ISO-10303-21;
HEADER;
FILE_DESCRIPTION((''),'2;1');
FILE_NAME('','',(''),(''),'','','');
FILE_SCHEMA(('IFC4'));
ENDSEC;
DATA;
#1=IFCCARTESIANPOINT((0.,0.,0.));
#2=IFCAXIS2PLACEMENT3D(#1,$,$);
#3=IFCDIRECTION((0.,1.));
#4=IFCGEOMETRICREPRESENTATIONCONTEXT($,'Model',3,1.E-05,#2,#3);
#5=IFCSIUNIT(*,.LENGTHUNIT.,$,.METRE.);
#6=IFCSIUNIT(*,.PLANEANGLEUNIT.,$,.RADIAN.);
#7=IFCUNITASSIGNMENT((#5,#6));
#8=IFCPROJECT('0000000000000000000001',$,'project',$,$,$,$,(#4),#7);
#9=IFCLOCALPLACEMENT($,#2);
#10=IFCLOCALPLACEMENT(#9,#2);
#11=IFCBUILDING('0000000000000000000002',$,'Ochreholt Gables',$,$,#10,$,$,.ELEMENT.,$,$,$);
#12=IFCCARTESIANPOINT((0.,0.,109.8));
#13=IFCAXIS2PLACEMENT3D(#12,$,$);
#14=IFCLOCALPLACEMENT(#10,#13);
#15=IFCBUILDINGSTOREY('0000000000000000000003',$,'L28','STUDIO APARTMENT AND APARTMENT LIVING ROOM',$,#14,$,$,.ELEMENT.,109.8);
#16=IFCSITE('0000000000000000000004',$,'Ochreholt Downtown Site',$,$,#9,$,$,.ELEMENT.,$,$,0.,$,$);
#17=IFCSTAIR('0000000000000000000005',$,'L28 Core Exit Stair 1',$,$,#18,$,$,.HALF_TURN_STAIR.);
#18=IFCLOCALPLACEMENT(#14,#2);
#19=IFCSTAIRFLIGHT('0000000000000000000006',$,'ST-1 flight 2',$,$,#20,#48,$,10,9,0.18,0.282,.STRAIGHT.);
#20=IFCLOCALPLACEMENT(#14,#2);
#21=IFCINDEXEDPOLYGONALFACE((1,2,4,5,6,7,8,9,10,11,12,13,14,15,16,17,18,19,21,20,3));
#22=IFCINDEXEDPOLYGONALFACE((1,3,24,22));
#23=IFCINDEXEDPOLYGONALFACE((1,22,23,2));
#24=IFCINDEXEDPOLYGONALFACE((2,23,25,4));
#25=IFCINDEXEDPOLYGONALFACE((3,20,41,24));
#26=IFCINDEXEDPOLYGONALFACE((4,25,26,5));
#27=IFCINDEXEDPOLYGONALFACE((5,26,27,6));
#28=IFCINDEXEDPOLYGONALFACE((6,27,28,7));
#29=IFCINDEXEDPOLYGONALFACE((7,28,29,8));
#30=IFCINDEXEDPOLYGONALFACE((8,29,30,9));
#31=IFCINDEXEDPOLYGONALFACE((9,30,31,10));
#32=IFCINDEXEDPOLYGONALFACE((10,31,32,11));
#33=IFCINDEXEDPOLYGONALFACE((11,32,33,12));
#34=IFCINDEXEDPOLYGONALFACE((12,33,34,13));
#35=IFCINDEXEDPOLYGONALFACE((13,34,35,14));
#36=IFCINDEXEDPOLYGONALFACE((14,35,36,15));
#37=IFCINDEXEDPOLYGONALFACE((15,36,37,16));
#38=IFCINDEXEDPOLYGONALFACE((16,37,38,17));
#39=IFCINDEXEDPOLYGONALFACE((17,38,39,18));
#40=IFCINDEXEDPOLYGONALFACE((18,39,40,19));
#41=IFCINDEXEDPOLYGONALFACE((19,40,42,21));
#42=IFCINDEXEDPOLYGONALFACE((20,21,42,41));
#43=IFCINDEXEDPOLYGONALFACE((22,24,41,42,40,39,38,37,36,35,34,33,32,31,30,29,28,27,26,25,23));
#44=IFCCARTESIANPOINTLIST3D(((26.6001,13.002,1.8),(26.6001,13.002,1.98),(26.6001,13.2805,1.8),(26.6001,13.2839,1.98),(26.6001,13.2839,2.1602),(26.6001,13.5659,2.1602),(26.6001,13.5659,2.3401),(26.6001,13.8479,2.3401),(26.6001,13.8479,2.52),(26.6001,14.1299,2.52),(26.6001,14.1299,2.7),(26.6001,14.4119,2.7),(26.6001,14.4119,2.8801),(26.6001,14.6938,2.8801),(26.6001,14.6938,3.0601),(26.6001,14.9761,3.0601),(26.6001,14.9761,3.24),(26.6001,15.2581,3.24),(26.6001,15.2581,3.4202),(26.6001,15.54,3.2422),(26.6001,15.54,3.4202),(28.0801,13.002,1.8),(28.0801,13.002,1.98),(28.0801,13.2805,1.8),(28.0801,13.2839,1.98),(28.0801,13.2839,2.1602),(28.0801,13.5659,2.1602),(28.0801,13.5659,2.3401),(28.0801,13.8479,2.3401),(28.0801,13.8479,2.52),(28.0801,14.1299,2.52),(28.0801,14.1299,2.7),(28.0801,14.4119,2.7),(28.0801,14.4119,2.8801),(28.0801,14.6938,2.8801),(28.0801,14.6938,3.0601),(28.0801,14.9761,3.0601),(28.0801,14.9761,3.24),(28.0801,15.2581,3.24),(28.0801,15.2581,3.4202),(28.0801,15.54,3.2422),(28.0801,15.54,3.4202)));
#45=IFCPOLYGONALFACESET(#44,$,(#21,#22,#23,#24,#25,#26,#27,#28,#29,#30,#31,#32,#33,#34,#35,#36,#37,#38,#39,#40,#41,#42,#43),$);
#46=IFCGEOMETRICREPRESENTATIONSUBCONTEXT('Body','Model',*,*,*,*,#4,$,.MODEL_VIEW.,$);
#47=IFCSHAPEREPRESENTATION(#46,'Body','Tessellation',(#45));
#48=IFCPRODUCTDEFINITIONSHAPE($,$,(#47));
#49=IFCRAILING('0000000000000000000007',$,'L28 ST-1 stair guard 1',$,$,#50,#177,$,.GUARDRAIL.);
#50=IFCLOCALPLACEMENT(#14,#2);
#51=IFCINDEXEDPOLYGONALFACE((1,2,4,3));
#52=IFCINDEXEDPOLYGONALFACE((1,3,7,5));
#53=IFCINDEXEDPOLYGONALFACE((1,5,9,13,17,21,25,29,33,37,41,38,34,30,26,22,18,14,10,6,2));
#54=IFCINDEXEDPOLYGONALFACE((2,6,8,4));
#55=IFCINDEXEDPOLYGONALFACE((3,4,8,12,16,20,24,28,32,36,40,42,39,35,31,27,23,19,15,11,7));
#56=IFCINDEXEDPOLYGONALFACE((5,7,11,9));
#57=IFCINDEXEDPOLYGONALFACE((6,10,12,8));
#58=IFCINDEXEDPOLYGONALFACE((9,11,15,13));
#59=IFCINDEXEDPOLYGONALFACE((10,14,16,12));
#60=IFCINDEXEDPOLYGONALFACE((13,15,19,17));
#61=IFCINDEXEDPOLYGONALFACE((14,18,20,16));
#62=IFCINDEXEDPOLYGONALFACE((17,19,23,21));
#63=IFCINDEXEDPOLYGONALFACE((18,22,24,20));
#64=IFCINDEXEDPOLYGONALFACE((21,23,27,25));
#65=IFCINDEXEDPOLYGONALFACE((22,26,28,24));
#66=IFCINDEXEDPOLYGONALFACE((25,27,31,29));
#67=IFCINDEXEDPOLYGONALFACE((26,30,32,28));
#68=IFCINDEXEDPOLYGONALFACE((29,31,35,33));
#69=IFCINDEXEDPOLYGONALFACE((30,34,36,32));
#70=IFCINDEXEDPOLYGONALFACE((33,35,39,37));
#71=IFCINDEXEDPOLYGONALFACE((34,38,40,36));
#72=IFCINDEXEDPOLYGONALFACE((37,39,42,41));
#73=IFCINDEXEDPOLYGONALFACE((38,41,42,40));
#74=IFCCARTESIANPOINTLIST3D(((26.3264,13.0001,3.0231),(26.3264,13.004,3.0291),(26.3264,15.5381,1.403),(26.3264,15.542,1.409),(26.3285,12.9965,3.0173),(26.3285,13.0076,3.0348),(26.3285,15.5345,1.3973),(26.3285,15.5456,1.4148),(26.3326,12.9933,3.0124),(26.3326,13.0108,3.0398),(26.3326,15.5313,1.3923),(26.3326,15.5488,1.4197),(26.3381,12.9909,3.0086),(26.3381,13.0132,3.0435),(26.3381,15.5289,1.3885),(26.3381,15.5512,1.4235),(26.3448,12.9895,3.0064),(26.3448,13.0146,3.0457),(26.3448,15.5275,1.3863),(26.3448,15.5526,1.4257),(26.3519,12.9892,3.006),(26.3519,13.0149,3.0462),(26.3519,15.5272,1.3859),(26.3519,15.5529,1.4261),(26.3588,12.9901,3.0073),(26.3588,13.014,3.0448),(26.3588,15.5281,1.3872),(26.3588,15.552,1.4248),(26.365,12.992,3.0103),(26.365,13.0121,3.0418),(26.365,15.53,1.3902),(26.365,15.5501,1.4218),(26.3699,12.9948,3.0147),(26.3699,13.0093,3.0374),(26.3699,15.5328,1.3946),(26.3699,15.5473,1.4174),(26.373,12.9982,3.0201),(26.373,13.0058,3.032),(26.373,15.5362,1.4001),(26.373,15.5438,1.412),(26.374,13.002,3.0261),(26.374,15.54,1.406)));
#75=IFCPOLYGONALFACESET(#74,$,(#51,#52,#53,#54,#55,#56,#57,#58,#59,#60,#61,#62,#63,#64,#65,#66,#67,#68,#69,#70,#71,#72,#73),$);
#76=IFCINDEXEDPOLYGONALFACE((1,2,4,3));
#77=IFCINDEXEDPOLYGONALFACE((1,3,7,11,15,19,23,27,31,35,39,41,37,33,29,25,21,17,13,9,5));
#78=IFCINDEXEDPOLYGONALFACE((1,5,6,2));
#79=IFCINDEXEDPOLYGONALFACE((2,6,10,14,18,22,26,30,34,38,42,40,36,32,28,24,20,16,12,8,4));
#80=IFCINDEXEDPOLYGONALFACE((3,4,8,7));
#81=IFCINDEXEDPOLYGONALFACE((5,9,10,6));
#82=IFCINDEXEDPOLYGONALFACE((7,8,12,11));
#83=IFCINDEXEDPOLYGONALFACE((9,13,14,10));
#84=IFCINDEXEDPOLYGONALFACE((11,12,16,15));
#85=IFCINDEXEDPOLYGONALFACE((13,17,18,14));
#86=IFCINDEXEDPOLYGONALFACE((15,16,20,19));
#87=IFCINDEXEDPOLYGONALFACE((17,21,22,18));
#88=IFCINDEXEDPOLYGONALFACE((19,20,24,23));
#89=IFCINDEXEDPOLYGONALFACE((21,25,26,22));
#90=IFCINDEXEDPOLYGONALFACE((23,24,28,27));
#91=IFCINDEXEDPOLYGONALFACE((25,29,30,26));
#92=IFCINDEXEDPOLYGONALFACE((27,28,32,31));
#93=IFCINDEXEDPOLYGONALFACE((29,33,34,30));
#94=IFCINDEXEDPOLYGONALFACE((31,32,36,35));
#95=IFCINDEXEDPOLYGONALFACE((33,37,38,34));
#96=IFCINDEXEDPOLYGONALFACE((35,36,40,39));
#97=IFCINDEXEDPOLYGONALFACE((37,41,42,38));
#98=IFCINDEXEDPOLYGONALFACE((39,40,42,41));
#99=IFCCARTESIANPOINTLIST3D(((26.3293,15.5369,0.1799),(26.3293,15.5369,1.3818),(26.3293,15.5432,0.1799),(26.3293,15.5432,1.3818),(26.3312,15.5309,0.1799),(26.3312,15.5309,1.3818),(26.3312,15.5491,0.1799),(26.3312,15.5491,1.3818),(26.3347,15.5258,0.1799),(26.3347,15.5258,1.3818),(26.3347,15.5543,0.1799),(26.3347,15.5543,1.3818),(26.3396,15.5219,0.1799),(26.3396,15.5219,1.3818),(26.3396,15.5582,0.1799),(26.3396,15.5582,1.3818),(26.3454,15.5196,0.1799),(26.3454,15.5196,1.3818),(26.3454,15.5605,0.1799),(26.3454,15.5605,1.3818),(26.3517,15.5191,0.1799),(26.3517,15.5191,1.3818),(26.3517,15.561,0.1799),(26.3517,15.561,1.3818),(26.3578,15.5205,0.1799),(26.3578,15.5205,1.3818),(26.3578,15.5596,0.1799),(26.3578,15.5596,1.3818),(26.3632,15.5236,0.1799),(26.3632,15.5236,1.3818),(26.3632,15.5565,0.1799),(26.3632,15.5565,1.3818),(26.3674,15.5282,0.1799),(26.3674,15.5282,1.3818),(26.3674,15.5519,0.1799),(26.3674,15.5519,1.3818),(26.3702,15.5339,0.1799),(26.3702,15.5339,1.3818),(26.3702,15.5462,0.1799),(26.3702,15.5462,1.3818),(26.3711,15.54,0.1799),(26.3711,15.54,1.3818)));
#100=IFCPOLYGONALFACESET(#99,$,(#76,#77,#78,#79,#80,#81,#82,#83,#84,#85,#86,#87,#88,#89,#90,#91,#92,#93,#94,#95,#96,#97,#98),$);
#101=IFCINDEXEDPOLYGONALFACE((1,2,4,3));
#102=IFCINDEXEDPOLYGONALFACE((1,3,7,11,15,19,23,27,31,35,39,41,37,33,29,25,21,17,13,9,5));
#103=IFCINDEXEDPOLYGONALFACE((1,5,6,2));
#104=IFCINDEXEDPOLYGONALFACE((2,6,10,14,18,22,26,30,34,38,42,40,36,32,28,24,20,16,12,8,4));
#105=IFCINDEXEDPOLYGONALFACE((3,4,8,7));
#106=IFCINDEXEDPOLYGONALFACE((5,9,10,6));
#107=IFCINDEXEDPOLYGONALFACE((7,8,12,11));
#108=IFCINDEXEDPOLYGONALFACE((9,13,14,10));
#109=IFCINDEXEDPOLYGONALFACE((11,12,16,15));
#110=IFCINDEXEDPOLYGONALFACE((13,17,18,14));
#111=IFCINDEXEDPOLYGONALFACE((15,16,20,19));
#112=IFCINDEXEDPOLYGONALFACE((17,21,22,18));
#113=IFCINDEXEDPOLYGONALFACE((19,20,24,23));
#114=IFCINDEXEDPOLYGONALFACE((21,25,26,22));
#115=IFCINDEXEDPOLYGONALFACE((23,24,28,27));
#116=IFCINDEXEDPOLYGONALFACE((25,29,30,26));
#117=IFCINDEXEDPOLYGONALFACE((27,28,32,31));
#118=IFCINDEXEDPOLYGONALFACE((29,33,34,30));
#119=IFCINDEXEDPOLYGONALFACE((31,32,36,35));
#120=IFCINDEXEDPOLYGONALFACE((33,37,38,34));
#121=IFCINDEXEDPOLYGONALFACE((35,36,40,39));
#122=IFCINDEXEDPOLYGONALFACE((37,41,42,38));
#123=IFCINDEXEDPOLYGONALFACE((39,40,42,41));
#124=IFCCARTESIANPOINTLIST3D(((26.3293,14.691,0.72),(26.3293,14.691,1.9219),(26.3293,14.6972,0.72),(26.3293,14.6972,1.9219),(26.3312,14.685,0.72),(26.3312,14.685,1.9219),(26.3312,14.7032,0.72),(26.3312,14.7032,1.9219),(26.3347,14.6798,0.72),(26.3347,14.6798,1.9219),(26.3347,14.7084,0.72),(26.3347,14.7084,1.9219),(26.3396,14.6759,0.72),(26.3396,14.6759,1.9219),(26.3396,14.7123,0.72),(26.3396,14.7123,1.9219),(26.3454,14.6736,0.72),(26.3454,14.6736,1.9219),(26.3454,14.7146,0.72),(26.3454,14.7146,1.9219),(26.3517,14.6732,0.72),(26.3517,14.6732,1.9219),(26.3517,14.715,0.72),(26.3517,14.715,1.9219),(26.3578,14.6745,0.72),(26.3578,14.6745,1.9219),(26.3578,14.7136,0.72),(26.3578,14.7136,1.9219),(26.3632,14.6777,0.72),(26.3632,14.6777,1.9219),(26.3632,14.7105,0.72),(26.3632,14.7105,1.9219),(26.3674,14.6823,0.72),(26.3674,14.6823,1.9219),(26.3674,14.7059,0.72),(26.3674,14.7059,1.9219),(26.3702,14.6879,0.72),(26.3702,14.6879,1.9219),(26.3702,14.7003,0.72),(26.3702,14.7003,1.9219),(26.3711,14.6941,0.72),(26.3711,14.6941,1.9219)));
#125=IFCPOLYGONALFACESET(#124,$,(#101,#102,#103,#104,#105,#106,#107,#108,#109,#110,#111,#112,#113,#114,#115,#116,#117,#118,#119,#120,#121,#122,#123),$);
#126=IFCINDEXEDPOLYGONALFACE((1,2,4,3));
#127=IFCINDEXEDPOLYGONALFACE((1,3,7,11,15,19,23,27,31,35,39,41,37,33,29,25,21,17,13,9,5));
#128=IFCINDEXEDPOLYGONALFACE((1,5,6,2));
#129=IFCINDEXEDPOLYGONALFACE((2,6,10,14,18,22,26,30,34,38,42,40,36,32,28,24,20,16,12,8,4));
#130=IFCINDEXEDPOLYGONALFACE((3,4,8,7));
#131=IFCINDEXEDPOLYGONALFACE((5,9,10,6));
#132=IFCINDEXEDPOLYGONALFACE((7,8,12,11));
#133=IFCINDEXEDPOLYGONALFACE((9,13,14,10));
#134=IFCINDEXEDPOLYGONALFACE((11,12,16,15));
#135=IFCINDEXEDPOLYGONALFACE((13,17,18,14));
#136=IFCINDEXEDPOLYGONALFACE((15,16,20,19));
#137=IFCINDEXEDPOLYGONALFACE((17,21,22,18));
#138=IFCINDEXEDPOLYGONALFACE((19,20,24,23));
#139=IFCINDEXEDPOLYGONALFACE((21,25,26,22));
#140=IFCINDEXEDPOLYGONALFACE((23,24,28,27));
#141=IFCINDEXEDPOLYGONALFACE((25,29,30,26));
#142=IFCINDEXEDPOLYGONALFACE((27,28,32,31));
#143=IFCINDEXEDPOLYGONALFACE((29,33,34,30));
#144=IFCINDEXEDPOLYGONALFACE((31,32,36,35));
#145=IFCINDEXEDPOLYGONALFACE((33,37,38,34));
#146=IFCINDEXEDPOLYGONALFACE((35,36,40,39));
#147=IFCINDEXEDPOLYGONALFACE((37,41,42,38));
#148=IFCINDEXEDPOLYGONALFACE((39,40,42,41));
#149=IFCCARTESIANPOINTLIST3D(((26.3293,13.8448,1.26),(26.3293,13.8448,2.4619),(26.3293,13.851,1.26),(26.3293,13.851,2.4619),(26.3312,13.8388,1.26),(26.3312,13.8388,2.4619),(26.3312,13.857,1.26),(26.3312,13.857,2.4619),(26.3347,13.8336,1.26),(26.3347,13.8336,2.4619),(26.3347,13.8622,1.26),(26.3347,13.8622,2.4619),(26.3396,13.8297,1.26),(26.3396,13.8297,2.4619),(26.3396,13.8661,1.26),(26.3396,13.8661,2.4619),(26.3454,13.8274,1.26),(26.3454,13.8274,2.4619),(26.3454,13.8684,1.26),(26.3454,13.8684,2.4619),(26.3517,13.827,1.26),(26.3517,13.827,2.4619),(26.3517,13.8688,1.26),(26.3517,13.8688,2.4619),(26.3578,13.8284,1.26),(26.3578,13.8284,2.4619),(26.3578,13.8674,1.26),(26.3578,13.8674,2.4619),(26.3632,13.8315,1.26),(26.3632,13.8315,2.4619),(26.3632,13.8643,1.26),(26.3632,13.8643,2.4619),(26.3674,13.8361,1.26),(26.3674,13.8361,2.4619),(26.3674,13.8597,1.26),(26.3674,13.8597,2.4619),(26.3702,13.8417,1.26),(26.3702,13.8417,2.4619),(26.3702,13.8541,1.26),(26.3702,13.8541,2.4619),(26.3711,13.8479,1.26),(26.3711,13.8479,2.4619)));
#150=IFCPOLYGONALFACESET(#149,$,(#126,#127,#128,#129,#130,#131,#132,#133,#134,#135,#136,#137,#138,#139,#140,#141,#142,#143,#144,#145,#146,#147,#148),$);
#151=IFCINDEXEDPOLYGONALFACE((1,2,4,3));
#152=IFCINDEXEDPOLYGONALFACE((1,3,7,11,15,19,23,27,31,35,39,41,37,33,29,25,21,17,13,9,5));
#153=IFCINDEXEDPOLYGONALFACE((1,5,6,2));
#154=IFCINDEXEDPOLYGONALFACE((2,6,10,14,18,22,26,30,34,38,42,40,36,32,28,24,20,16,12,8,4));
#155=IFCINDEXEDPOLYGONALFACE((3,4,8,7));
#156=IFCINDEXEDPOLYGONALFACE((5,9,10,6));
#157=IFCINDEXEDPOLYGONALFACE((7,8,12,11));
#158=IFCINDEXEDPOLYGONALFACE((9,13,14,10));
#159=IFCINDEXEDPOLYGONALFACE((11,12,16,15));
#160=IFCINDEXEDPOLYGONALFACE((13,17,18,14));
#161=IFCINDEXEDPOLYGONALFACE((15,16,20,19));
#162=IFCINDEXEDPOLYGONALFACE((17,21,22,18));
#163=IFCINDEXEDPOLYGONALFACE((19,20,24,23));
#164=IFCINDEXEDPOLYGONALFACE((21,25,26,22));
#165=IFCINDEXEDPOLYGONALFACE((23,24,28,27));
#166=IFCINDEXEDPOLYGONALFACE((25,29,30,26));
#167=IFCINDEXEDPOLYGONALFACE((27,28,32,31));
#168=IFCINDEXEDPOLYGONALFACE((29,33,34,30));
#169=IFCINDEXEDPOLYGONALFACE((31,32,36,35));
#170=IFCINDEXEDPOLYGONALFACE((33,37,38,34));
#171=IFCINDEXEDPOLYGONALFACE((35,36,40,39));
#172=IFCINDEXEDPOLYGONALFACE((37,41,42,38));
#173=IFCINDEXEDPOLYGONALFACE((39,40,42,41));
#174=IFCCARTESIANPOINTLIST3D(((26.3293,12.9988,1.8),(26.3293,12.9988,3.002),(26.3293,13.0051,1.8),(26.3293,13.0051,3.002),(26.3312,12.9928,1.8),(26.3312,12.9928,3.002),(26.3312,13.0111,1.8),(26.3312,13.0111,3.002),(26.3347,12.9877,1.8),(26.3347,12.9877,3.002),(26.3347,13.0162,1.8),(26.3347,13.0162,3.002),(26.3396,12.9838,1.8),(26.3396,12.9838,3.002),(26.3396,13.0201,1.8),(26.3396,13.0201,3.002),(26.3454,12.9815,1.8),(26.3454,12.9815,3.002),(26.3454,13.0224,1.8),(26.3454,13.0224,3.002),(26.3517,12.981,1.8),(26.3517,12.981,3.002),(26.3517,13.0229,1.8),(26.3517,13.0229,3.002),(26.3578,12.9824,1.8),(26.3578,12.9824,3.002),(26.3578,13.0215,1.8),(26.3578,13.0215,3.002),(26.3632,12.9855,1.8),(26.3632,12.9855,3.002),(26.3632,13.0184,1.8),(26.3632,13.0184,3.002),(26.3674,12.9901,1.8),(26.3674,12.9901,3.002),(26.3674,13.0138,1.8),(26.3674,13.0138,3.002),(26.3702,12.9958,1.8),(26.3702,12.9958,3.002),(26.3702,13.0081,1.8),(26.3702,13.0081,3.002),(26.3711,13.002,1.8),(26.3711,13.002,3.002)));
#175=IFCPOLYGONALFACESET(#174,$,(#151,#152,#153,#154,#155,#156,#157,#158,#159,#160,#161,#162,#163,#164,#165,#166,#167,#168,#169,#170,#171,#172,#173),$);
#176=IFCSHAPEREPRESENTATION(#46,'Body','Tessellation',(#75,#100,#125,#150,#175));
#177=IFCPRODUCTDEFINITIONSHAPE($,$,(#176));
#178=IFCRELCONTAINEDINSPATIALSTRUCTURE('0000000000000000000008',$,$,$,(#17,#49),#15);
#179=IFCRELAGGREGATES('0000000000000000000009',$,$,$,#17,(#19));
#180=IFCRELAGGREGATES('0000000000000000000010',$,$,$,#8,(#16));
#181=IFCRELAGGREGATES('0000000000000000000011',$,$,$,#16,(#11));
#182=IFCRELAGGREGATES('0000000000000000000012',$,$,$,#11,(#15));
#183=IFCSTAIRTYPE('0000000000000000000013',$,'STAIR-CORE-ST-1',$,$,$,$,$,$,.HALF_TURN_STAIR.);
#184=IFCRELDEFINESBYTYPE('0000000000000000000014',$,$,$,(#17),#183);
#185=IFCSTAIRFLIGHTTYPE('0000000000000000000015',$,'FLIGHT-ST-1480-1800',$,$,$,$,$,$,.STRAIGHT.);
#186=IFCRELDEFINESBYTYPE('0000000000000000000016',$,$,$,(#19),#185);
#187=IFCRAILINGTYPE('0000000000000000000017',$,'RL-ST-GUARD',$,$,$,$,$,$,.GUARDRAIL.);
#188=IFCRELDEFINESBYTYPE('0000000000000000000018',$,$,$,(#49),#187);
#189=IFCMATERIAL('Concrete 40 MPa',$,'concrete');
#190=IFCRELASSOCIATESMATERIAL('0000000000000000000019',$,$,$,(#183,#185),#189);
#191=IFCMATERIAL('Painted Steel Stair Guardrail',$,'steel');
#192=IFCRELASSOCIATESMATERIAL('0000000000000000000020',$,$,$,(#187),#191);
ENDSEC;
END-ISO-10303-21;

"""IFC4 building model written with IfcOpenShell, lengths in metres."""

from ifc_helpers import new_model, si_unit, direction, frame, origin, origin_2d, place, context, subcontext, project, spatial, polyline, circle, outline, extrude, material, type_object, element, aggregate, save


model = new_model("IFC4")

# Units and contexts
model_context = context("Model", 3, precision=1e-05, world=origin(), true_north=direction((0.0, 1.0)))
body_context = subcontext(model_context, "Body", "Model", "MODEL_VIEW")
ifc_project = project(units=[si_unit("LENGTHUNIT", "METRE"), si_unit("PLANEANGLEUNIT", "RADIAN")], contexts=[model_context])

# Site, building, storey
site_placement = place(None, origin())
site = spatial("IfcSite", under=ifc_project, at=site_placement, Name="Ochreholt Downtown Site", CompositionType="ELEMENT", RefElevation=0.0)
building_placement = place(site_placement, origin())
building = spatial("IfcBuilding", under=site, at=building_placement, Name="Ochreholt Gables", CompositionType="ELEMENT")
storey_placement = place(building_placement, frame((0.0, 0.0, 109.8)))
storey = spatial("IfcBuildingStorey", under=building, at=storey_placement, Name="L28", Description="STUDIO APARTMENT AND APARTMENT LIVING ROOM", CompositionType="ELEMENT", Elevation=109.8)

# Shared definitions
ifc_material_1 = material(Name="Concrete 40 MPa", Category="concrete")

# Stair, stair flight
stair_type = type_object("IfcStairType", Name="STAIR-CORE-ST-1", PredefinedType="HALF_TURN_STAIR", material=ifc_material_1)
stair_placement = place(storey_placement, origin())
stair = element("IfcStair", 1, at=stair_placement, inside=storey, type_object=stair_type, Name="L28 Core Exit Stair 1", PredefinedType="HALF_TURN_STAIR")
stair_flight_type = type_object("IfcStairFlightType", Name="FLIGHT-ST-1480-1800", PredefinedType="STRAIGHT", material=ifc_material_1)
stair_flight_1_placement = place(storey_placement, frame((27.3401, 13.002, 1.8), z_axis=(0.0, 0.0, 1.0), x_axis=(0.0, 1.0, 0.0)))
stair_flight_1 = element("IfcStairFlight", 2, at=stair_flight_1_placement, type_object=stair_flight_type, Name="ST-1 flight 2", NumberOfRisers=10, NumberOfTreads=9, PredefinedType="STRAIGHT", RiserHeight=0.18, TreadLength=0.282, context=body_context, shape_type="SweptSolid", body=[
    extrude(outline(polyline([(0.0, 0.0), (0.0, 0.1799), (0.282, 0.1799), (0.282, 0.3601), (0.564, 0.3601), (0.564, 0.54), (0.8459, 0.54), (0.8459, 0.72), (1.1279, 0.72), (1.1279, 0.8999), (1.4099, 0.8999), (1.4099, 1.0801), (1.6919, 1.0801), (1.6919, 1.26), (1.9741, 1.26), (1.9741, 1.4399), (2.2561, 1.4399), (2.2561, 1.6201), (2.5381, 1.6201), (2.5381, 1.8), (2.5381, 1.4421), (0.2786, 0.0), (0.0, 0.0)])), frame((0.0, 0.74, 0.0), z_axis=(0.0, -1.0, 0.0), x_axis=(1.0, 0.0, 0.0)), (0.0, 0.0, 1.0), 1.48),
])
aggregate(stair, [stair_flight_1])

# Railing
ifc_material_2 = material(Name="Painted Steel Stair Guardrail", Category="steel")
railing_type_1 = type_object("IfcRailingType", Name="RL-ST-GUARD", PredefinedType="GUARDRAIL", material=ifc_material_2)
railing_1_placement = place(storey_placement, frame((26.3501, 15.54, 0.1799)))
element("IfcRailing", 3, at=railing_1_placement, inside=storey, type_object=railing_type_1, Name="L28 ST-1 stair guard 1", PredefinedType="GUARDRAIL", context=body_context, shape_type="SweptSolid", body=[
    extrude(circle(Radius=0.0239, at=origin_2d()), frame((0.0, 0.0, 1.2261), z_axis=(0.0, -0.842913, 0.53805), x_axis=(1.0, 0.0, 0.0)), (0.0, 0.0, 1.0), 3.011),
    extrude(circle(Radius=0.021, at=origin_2d()), origin(), (0.0, 0.0, 1.0), 1.2019),
    extrude(circle(Radius=0.021, at=origin_2d()), frame((0.0, -0.8459, 0.54)), (0.0, 0.0, 1.0), 1.2019),
    extrude(circle(Radius=0.021, at=origin_2d()), frame((0.0, -1.6921, 1.0801)), (0.0, 0.0, 1.0), 1.2019),
    extrude(circle(Radius=0.021, at=origin_2d()), frame((0.0, -2.5381, 1.6201)), (0.0, 0.0, 1.0), 1.2019),
])

save(model, "model.ifc")
